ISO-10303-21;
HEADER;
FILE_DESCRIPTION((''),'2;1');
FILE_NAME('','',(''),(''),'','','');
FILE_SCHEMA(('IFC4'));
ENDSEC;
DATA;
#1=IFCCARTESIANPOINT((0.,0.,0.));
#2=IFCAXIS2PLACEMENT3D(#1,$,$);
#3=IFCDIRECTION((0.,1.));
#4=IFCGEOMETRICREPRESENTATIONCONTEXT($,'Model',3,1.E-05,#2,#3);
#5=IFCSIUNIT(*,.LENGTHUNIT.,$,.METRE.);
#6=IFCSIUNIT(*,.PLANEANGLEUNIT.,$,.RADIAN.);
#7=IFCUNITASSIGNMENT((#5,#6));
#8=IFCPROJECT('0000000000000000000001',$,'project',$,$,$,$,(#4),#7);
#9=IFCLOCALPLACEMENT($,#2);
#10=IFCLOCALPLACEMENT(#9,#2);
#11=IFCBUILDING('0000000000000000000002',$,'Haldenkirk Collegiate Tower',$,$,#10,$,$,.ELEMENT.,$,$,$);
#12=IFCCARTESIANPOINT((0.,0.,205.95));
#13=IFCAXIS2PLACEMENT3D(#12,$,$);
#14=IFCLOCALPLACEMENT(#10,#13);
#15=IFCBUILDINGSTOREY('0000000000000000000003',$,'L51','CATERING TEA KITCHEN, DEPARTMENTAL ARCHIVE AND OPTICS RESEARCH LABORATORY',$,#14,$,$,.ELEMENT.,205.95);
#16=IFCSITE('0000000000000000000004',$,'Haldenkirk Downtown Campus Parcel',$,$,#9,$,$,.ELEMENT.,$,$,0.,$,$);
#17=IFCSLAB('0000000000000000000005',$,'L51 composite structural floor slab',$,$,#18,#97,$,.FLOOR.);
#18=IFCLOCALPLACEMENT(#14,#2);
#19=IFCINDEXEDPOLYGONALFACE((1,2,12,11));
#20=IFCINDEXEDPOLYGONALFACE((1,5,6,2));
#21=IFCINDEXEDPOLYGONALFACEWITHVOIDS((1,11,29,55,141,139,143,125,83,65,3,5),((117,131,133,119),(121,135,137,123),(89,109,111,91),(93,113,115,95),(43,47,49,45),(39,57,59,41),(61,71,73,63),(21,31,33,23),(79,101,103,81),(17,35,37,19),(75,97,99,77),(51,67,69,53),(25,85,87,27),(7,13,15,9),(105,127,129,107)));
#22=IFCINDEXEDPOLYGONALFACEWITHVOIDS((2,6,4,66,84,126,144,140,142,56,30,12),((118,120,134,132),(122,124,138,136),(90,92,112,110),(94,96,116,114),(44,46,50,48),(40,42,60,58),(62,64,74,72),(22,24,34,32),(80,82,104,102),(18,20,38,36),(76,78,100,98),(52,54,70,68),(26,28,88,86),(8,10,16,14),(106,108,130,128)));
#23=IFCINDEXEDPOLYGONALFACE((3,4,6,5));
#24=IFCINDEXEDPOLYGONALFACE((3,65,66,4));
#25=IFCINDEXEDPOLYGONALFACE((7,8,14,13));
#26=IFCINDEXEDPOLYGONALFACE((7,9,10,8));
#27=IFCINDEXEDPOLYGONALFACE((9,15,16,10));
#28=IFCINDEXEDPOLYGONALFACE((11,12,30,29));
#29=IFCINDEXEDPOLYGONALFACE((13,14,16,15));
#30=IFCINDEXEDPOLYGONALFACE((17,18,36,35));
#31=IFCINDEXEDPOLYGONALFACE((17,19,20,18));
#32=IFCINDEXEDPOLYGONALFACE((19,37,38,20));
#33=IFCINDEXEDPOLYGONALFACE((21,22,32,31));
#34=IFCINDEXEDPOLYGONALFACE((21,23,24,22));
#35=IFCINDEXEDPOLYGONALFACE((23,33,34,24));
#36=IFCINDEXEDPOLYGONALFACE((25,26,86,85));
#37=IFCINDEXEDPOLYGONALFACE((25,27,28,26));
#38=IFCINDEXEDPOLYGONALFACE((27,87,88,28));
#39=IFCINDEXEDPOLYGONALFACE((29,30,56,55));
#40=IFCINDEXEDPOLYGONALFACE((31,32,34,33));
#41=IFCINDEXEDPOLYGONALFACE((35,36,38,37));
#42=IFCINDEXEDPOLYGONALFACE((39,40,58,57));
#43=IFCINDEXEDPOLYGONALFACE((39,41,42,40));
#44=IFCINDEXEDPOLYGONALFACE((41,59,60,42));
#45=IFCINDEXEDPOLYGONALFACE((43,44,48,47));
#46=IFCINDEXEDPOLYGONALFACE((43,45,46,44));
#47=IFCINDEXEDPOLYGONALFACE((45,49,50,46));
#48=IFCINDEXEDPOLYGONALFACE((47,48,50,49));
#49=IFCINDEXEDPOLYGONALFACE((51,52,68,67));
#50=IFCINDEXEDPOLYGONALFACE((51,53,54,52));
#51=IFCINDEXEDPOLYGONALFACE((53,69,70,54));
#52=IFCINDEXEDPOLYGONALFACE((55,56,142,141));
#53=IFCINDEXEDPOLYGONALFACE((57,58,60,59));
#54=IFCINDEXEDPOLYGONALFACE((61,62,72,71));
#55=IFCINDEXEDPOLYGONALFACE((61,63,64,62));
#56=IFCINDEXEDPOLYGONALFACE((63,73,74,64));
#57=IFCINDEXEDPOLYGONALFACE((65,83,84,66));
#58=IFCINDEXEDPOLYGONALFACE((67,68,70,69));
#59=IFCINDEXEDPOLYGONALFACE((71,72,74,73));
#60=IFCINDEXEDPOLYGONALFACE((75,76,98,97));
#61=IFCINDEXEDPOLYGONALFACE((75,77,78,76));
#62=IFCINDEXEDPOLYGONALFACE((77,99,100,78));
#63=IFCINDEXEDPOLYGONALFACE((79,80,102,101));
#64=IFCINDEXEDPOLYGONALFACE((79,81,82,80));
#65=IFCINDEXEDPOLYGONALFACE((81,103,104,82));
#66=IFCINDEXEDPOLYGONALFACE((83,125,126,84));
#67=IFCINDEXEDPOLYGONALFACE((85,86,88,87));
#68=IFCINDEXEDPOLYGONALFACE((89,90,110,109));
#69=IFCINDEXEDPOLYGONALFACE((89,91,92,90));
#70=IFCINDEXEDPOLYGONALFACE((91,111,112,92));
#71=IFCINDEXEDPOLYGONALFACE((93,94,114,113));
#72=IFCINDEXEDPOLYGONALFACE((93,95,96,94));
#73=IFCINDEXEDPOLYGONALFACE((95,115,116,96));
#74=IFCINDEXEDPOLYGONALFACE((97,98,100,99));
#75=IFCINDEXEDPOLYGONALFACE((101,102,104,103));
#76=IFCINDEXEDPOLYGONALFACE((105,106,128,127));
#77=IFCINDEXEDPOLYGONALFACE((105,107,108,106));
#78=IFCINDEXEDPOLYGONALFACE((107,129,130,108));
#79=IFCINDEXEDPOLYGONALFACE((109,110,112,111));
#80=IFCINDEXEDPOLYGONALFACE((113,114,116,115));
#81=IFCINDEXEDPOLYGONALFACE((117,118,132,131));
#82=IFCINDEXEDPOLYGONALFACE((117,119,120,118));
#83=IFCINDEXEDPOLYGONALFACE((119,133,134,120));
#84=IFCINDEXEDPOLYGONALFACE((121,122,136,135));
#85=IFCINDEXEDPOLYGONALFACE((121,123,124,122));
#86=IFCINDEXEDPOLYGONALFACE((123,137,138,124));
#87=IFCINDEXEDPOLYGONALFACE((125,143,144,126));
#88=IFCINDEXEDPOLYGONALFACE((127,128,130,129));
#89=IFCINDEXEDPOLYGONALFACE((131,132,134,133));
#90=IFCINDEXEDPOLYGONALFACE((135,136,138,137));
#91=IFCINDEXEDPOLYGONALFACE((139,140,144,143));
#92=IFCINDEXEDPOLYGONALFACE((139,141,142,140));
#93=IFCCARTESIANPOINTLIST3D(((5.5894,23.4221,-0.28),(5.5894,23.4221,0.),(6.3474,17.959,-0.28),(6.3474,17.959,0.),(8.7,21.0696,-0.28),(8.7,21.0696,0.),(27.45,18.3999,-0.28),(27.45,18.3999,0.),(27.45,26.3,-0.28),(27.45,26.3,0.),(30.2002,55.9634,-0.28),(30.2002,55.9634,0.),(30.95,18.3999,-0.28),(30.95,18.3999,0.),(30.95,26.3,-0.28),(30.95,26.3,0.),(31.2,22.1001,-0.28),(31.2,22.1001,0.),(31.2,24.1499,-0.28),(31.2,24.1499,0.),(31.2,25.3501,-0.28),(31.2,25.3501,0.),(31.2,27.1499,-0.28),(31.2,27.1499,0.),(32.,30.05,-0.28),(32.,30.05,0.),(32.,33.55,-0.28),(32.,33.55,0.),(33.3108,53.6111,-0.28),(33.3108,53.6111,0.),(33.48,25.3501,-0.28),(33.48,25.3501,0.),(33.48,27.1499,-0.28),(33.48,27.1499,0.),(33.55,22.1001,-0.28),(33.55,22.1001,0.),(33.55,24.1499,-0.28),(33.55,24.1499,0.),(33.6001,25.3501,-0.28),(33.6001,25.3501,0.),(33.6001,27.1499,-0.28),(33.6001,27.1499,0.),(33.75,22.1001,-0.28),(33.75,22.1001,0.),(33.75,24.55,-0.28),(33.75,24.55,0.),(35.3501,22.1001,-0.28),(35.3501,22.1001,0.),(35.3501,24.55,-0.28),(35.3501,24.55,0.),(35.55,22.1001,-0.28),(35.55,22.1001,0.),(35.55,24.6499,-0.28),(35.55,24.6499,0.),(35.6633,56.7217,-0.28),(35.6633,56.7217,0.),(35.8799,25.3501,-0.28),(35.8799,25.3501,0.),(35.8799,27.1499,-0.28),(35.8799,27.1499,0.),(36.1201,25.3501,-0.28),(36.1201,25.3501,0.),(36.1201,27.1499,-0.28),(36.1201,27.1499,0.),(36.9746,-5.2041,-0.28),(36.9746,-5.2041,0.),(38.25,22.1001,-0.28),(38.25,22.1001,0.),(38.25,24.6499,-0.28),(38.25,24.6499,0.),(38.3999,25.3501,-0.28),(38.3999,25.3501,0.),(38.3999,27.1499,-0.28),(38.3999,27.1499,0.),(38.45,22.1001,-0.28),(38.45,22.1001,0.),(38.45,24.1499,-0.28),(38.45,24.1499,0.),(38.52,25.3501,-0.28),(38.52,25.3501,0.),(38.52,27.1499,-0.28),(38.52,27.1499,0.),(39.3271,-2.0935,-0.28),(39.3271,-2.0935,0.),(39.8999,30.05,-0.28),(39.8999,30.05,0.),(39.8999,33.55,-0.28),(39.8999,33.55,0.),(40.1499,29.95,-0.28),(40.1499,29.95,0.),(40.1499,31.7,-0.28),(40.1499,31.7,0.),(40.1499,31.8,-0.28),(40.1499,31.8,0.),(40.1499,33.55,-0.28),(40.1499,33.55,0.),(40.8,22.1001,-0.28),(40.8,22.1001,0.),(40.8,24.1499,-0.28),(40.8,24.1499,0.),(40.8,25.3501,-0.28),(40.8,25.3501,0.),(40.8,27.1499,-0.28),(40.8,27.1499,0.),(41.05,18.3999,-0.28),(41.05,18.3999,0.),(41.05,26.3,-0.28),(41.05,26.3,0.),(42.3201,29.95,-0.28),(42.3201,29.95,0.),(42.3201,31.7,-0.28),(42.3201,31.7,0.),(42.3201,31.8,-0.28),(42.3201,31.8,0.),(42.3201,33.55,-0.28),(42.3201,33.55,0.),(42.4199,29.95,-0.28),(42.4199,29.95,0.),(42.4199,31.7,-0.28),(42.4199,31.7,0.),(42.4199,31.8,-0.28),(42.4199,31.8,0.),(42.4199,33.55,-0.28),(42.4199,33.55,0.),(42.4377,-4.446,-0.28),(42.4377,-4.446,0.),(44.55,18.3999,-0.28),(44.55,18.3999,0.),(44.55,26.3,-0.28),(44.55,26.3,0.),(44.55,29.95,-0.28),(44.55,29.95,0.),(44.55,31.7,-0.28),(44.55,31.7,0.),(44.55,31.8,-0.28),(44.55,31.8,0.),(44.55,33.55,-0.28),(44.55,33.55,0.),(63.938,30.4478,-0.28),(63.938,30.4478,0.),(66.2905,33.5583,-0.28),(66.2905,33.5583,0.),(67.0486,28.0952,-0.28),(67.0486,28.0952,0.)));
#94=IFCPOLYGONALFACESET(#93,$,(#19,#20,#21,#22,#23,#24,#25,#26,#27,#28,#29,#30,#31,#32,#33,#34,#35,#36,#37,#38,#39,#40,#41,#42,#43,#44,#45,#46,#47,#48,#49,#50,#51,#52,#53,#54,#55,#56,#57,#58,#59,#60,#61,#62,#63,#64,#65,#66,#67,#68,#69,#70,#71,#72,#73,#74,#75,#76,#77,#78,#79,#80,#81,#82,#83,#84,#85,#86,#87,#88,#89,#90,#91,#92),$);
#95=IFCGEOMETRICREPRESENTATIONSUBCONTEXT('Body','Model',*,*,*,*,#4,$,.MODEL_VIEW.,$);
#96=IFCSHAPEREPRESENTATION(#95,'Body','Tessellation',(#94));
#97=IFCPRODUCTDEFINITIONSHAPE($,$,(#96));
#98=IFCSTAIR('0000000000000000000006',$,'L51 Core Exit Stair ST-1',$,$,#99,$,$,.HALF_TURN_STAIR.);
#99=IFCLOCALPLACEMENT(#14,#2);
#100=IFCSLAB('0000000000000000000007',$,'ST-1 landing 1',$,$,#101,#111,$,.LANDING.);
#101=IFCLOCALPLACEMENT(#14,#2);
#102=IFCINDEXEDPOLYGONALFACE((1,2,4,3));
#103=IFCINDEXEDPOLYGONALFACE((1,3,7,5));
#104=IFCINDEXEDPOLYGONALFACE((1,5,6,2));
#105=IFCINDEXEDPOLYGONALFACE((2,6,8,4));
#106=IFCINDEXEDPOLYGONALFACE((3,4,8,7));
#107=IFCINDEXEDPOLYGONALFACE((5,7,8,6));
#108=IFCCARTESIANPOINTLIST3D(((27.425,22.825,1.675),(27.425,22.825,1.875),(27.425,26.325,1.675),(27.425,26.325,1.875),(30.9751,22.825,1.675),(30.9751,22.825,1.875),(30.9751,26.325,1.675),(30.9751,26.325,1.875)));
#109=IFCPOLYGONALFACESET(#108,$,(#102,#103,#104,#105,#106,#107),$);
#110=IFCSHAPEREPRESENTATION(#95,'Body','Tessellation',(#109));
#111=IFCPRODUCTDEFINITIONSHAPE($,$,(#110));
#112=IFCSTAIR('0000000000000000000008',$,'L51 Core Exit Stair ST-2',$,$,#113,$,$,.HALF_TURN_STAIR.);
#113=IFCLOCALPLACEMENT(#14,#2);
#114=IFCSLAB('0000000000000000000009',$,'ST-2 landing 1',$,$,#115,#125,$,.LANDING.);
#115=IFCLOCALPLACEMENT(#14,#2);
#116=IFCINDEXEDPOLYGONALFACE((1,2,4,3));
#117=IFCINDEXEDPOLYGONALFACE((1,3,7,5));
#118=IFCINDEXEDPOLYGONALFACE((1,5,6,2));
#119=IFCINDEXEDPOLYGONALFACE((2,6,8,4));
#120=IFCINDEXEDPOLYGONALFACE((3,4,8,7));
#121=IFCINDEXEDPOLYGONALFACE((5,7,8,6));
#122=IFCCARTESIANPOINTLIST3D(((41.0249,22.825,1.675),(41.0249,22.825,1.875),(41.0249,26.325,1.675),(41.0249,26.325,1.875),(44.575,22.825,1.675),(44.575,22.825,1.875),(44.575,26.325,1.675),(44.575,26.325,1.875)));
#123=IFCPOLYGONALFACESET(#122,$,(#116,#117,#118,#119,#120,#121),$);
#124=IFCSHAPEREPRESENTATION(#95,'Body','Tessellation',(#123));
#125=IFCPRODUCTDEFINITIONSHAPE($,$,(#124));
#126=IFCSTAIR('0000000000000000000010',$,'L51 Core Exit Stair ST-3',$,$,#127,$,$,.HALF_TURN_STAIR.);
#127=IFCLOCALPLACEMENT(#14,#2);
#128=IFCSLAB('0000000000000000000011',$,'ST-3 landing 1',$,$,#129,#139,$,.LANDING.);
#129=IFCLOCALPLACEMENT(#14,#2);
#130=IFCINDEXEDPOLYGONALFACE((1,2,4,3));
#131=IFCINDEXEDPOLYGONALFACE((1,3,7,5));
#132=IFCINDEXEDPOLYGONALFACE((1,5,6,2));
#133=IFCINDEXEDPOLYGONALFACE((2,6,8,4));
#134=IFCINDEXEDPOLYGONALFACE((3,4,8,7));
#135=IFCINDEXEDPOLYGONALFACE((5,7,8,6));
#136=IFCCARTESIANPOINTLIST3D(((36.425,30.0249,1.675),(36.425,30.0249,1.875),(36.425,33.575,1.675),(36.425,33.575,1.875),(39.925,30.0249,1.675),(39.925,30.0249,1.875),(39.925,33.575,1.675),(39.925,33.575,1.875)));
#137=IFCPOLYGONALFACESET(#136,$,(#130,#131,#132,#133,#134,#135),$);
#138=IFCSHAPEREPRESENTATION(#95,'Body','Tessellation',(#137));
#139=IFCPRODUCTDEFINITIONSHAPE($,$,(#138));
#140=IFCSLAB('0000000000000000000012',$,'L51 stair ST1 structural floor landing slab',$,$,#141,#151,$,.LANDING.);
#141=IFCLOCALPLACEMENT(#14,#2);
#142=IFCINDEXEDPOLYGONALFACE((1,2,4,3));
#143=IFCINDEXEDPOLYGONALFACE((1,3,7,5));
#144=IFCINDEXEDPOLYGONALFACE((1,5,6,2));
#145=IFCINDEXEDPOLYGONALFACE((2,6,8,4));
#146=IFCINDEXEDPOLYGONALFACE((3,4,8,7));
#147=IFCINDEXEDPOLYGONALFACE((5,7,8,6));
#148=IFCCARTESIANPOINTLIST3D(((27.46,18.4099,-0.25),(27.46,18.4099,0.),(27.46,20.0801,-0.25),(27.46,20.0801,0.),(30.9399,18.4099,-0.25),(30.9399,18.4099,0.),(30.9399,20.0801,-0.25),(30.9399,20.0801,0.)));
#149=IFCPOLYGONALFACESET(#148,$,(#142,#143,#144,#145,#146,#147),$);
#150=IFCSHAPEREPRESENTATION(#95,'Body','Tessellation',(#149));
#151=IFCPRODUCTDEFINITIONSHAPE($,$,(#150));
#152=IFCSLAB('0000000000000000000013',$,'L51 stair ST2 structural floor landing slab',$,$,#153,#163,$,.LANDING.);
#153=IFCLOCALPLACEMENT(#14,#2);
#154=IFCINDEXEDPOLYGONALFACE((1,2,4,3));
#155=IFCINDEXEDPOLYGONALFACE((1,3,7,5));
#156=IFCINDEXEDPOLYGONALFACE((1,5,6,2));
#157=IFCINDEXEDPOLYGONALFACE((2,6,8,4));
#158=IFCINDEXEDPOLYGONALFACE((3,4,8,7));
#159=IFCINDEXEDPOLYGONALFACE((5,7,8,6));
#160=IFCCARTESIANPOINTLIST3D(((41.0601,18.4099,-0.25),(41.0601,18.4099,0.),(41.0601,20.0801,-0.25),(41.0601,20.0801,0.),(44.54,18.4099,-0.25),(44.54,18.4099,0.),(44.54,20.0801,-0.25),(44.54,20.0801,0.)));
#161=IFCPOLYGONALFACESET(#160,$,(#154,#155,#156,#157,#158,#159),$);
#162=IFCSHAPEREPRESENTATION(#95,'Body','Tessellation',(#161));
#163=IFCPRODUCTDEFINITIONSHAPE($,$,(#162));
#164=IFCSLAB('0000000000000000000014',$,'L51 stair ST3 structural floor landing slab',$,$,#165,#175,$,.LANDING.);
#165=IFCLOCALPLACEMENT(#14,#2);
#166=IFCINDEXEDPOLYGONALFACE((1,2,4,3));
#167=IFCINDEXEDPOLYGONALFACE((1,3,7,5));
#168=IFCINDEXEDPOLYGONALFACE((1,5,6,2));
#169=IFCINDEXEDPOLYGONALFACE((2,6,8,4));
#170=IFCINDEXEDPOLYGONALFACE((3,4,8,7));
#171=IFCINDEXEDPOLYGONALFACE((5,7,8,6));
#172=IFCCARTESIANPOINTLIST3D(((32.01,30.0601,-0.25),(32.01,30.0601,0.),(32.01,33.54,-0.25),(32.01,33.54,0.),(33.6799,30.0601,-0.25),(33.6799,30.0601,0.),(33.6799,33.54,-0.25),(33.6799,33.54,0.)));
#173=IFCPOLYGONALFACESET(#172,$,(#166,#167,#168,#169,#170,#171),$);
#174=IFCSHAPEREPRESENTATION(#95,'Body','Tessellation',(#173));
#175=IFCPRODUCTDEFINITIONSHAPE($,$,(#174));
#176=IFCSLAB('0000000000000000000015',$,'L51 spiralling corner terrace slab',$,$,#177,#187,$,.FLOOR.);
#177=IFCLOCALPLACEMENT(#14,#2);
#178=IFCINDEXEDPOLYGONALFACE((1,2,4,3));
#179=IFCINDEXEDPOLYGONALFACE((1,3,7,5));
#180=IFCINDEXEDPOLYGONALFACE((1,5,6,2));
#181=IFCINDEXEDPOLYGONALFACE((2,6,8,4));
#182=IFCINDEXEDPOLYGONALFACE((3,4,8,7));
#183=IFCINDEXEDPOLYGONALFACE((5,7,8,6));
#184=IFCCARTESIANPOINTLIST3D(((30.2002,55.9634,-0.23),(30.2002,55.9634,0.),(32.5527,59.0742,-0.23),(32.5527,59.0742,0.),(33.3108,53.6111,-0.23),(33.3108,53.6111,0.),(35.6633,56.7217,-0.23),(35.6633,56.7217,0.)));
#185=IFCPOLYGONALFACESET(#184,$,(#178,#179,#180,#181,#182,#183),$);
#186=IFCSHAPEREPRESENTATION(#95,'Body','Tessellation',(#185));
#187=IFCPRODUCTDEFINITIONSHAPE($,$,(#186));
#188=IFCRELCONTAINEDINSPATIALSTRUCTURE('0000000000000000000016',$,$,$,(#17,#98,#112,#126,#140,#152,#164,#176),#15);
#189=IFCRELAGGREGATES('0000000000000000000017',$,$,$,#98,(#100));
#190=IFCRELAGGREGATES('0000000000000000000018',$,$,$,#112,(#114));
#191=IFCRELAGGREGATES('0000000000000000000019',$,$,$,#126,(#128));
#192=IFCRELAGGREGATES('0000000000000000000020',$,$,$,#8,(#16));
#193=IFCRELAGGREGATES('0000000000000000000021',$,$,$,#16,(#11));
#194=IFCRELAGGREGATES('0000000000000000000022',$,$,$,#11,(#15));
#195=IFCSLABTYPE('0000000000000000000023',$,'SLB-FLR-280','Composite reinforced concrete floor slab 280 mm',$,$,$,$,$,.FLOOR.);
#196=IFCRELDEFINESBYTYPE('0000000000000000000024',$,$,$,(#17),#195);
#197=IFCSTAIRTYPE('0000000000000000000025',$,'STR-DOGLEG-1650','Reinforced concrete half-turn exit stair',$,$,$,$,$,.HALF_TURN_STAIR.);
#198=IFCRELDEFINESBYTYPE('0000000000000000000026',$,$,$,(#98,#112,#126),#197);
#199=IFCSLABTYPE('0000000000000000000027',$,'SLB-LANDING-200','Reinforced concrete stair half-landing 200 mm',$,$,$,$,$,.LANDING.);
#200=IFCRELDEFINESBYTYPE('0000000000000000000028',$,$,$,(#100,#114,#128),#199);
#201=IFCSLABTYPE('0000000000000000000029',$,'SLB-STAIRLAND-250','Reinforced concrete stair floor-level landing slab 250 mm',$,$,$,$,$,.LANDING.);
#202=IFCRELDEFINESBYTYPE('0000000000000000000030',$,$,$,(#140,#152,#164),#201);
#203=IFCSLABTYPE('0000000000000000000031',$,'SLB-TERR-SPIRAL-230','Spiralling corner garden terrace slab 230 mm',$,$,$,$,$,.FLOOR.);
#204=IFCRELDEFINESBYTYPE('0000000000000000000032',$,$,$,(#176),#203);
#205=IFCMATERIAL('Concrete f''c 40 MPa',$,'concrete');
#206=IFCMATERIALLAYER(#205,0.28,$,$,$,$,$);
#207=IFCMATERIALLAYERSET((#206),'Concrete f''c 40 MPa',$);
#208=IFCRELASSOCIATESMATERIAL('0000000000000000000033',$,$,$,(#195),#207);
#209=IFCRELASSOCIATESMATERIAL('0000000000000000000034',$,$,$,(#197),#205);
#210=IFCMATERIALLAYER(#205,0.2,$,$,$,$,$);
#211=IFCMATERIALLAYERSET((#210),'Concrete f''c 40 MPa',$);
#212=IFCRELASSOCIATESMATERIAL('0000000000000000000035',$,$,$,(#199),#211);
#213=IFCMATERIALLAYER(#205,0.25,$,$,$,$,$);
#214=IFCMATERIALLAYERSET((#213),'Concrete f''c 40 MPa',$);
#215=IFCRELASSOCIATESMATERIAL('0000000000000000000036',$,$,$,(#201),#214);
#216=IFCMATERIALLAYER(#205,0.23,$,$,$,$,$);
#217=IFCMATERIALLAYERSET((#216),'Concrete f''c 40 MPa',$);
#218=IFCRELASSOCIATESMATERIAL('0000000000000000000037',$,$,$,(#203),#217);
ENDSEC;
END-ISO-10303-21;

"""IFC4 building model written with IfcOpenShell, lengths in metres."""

from ifc_helpers import new_model, si_unit, direction, frame, origin, place, context, subcontext, project, spatial, polyline, outline, extrude, material, layer, layer_set, type_object, element, aggregate, save


model = new_model("IFC4")

# Units and contexts
model_context = context("Model", 3, precision=1e-05, world=origin(), true_north=direction((0.0, 1.0)))
body_context = subcontext(model_context, "Body", "Model", "MODEL_VIEW")
ifc_project = project(units=[si_unit("LENGTHUNIT", "METRE"), si_unit("PLANEANGLEUNIT", "RADIAN")], contexts=[model_context])

# Site, building, storey
site_placement = place(None, origin())
site = spatial("IfcSite", under=ifc_project, at=site_placement, Name="Haldenkirk Downtown Campus Parcel", CompositionType="ELEMENT", RefElevation=0.0)
building_placement = place(site_placement, origin())
building = spatial("IfcBuilding", under=site, at=building_placement, Name="Haldenkirk Collegiate Tower", CompositionType="ELEMENT")
storey_placement = place(building_placement, frame((0.0, 0.0, 205.95)))
storey = spatial("IfcBuildingStorey", under=building, at=storey_placement, Name="L51", Description="CATERING TEA KITCHEN, DEPARTMENTAL ARCHIVE AND OPTICS RESEARCH LABORATORY", CompositionType="ELEMENT", Elevation=205.95)

# Slab
ifc_material_1 = material(Name="Concrete f'c 40 MPa", Category="concrete")
ifc_layer_1 = layer(ifc_material_1, 0.28)
ifc_layer_set_1 = layer_set([ifc_layer_1], Name="Concrete f'c 40 MPa")
slab_type_1 = type_object("IfcSlabType", Name="SLB-FLR-280", Description="Composite reinforced concrete floor slab 280 mm", PredefinedType="FLOOR", material=ifc_layer_set_1)
slab_1_placement = place(storey_placement, frame((0.0, 0.0, -0.28)))
element("IfcSlab", 1, at=slab_1_placement, inside=storey, type_object=slab_type_1, Name="L51 composite structural floor slab", PredefinedType="FLOOR", context=body_context, shape_type="SweptSolid", body=[
    extrude(outline(polyline([(42.4377, -4.446), (67.0486, 28.0952), (63.938, 30.4478), (66.2905, 33.5583), (35.6633, 56.7217), (33.3108, 53.6111), (30.2002, 55.9634), (5.5894, 23.4221), (8.7, 21.0696), (6.3474, 17.959), (36.9746, -5.2041), (39.3271, -2.0935), (42.4377, -4.446)]), holes=[polyline([(27.45, 18.3999), (30.95, 18.3999), (30.95, 26.3), (27.45, 26.3), (27.45, 18.3999)]), polyline([(41.05, 18.3999), (44.55, 18.3999), (44.55, 26.3), (41.05, 26.3), (41.05, 18.3999)]), polyline([(32.0, 30.05), (39.8999, 30.05), (39.8999, 33.55), (32.0, 33.55), (32.0, 30.05)]), polyline([(33.75, 22.1001), (35.3501, 22.1001), (35.3501, 24.55), (33.75, 24.55), (33.75, 22.1001)]), polyline([(40.1499, 29.95), (42.3201, 29.95), (42.3201, 31.7), (40.1499, 31.7), (40.1499, 29.95)]), polyline([(42.4199, 29.95), (44.55, 29.95), (44.55, 31.7), (42.4199, 31.7), (42.4199, 29.95)]), polyline([(40.1499, 31.8), (42.3201, 31.8), (42.3201, 33.55), (40.1499, 33.55), (40.1499, 31.8)]), polyline([(42.4199, 31.8), (44.55, 31.8), (44.55, 33.55), (42.4199, 33.55), (42.4199, 31.8)]), polyline([(31.2, 25.3501), (33.48, 25.3501), (33.48, 27.1499), (31.2, 27.1499), (31.2, 25.3501)]), polyline([(33.6001, 25.3501), (35.8799, 25.3501), (35.8799, 27.1499), (33.6001, 27.1499), (33.6001, 25.3501)]), polyline([(36.1201, 25.3501), (38.3999, 25.3501), (38.3999, 27.1499), (36.1201, 27.1499), (36.1201, 25.3501)]), polyline([(38.52, 25.3501), (40.8, 25.3501), (40.8, 27.1499), (38.52, 27.1499), (38.52, 25.3501)]), polyline([(31.2, 22.1001), (33.55, 22.1001), (33.55, 24.1499), (31.2, 24.1499), (31.2, 22.1001)]), polyline([(38.45, 22.1001), (40.8, 22.1001), (40.8, 24.1499), (38.45, 24.1499), (38.45, 22.1001)]), polyline([(35.55, 22.1001), (38.25, 22.1001), (38.25, 24.6499), (35.55, 24.6499), (35.55, 22.1001)])]), origin(), (0.0, 0.0, 1.0), 0.28),
])

# Stairs, slabs
stair_type = type_object("IfcStairType", Name="STR-DOGLEG-1650", Description="Reinforced concrete half-turn exit stair", PredefinedType="HALF_TURN_STAIR", material=ifc_material_1)
stair_1_placement = place(storey_placement, origin())
stair_1 = element("IfcStair", 2, at=stair_1_placement, inside=storey, type_object=stair_type, Name="L51 Core Exit Stair ST-1", PredefinedType="HALF_TURN_STAIR")
ifc_layer_2 = layer(ifc_material_1, 0.2)
ifc_layer_set_2 = layer_set([ifc_layer_2], Name="Concrete f'c 40 MPa")
slab_type_2 = type_object("IfcSlabType", Name="SLB-LANDING-200", Description="Reinforced concrete stair half-landing 200 mm", PredefinedType="LANDING", material=ifc_layer_set_2)
slab_2_placement = place(storey_placement, frame((0.0, 0.0, 1.675)))
slab_2 = element("IfcSlab", 3, at=slab_2_placement, type_object=slab_type_2, Name="ST-1 landing 1", PredefinedType="LANDING", context=body_context, shape_type="SweptSolid", body=[
    extrude(outline(polyline([(30.9751, 22.825), (27.425, 22.825), (27.425, 26.325), (30.9751, 26.325), (30.9751, 22.825)])), origin(), (0.0, 0.0, 1.0), 0.2),
])
aggregate(stair_1, [slab_2])
stair_2_placement = place(storey_placement, origin())
stair_2 = element("IfcStair", 4, at=stair_2_placement, inside=storey, type_object=stair_type, Name="L51 Core Exit Stair ST-2", PredefinedType="HALF_TURN_STAIR")
slab_3_placement = place(storey_placement, frame((0.0, 0.0, 1.675)))
slab_3 = element("IfcSlab", 5, at=slab_3_placement, type_object=slab_type_2, Name="ST-2 landing 1", PredefinedType="LANDING", context=body_context, shape_type="SweptSolid", body=[
    extrude(outline(polyline([(44.575, 22.825), (41.0249, 22.825), (41.0249, 26.325), (44.575, 26.325), (44.575, 22.825)])), origin(), (0.0, 0.0, 1.0), 0.2),
])
aggregate(stair_2, [slab_3])
stair_3_placement = place(storey_placement, origin())
stair_3 = element("IfcStair", 6, at=stair_3_placement, inside=storey, type_object=stair_type, Name="L51 Core Exit Stair ST-3", PredefinedType="HALF_TURN_STAIR")
slab_4_placement = place(storey_placement, frame((0.0, 0.0, 1.675)))
slab_4 = element("IfcSlab", 7, at=slab_4_placement, type_object=slab_type_2, Name="ST-3 landing 1", PredefinedType="LANDING", context=body_context, shape_type="SweptSolid", body=[
    extrude(outline(polyline([(36.425, 30.0249), (36.425, 33.575), (39.925, 33.575), (39.925, 30.0249), (36.425, 30.0249)])), origin(), (0.0, 0.0, 1.0), 0.2),
])
aggregate(stair_3, [slab_4])

# Slabs
ifc_layer_3 = layer(ifc_material_1, 0.25)
ifc_layer_set_3 = layer_set([ifc_layer_3], Name="Concrete f'c 40 MPa")
slab_type_3 = type_object("IfcSlabType", Name="SLB-STAIRLAND-250", Description="Reinforced concrete stair floor-level landing slab 250 mm", PredefinedType="LANDING", material=ifc_layer_set_3)
slab_5_placement = place(storey_placement, frame((0.0, 0.0, -0.25)))
element("IfcSlab", 8, at=slab_5_placement, inside=storey, type_object=slab_type_3, Name="L51 stair ST1 structural floor landing slab", PredefinedType="LANDING", context=body_context, shape_type="SweptSolid", body=[
    extrude(outline(polyline([(27.46, 18.4099), (30.9399, 18.4099), (30.9399, 20.0801), (27.46, 20.0801), (27.46, 18.4099)])), origin(), (0.0, 0.0, 1.0), 0.25),
])
slab_6_placement = place(storey_placement, frame((0.0, 0.0, -0.25)))
element("IfcSlab", 9, at=slab_6_placement, inside=storey, type_object=slab_type_3, Name="L51 stair ST2 structural floor landing slab", PredefinedType="LANDING", context=body_context, shape_type="SweptSolid", body=[
    extrude(outline(polyline([(41.0601, 18.4099), (44.54, 18.4099), (44.54, 20.0801), (41.0601, 20.0801), (41.0601, 18.4099)])), origin(), (0.0, 0.0, 1.0), 0.25),
])
slab_7_placement = place(storey_placement, frame((0.0, 0.0, -0.25)))
element("IfcSlab", 10, at=slab_7_placement, inside=storey, type_object=slab_type_3, Name="L51 stair ST3 structural floor landing slab", PredefinedType="LANDING", context=body_context, shape_type="SweptSolid", body=[
    extrude(outline(polyline([(32.01, 30.0601), (33.6799, 30.0601), (33.6799, 33.54), (32.01, 33.54), (32.01, 30.0601)])), origin(), (0.0, 0.0, 1.0), 0.25),
])
ifc_layer_4 = layer(ifc_material_1, 0.23)
ifc_layer_set_4 = layer_set([ifc_layer_4], Name="Concrete f'c 40 MPa")
slab_type_4 = type_object("IfcSlabType", Name="SLB-TERR-SPIRAL-230", Description="Spiralling corner garden terrace slab 230 mm", PredefinedType="FLOOR", material=ifc_layer_set_4)
slab_8_placement = place(storey_placement, frame((0.0, 0.0, -0.23)))
element("IfcSlab", 11, at=slab_8_placement, inside=storey, type_object=slab_type_4, Name="L51 spiralling corner terrace slab", PredefinedType="FLOOR", context=body_context, shape_type="SweptSolid", body=[
    extrude(outline(polyline([(33.3108, 53.6111), (35.6633, 56.7217), (32.5527, 59.0742), (30.2002, 55.9634), (33.3108, 53.6111)])), origin(), (0.0, 0.0, 1.0), 0.23),
])

save(model, "model.ifc")
